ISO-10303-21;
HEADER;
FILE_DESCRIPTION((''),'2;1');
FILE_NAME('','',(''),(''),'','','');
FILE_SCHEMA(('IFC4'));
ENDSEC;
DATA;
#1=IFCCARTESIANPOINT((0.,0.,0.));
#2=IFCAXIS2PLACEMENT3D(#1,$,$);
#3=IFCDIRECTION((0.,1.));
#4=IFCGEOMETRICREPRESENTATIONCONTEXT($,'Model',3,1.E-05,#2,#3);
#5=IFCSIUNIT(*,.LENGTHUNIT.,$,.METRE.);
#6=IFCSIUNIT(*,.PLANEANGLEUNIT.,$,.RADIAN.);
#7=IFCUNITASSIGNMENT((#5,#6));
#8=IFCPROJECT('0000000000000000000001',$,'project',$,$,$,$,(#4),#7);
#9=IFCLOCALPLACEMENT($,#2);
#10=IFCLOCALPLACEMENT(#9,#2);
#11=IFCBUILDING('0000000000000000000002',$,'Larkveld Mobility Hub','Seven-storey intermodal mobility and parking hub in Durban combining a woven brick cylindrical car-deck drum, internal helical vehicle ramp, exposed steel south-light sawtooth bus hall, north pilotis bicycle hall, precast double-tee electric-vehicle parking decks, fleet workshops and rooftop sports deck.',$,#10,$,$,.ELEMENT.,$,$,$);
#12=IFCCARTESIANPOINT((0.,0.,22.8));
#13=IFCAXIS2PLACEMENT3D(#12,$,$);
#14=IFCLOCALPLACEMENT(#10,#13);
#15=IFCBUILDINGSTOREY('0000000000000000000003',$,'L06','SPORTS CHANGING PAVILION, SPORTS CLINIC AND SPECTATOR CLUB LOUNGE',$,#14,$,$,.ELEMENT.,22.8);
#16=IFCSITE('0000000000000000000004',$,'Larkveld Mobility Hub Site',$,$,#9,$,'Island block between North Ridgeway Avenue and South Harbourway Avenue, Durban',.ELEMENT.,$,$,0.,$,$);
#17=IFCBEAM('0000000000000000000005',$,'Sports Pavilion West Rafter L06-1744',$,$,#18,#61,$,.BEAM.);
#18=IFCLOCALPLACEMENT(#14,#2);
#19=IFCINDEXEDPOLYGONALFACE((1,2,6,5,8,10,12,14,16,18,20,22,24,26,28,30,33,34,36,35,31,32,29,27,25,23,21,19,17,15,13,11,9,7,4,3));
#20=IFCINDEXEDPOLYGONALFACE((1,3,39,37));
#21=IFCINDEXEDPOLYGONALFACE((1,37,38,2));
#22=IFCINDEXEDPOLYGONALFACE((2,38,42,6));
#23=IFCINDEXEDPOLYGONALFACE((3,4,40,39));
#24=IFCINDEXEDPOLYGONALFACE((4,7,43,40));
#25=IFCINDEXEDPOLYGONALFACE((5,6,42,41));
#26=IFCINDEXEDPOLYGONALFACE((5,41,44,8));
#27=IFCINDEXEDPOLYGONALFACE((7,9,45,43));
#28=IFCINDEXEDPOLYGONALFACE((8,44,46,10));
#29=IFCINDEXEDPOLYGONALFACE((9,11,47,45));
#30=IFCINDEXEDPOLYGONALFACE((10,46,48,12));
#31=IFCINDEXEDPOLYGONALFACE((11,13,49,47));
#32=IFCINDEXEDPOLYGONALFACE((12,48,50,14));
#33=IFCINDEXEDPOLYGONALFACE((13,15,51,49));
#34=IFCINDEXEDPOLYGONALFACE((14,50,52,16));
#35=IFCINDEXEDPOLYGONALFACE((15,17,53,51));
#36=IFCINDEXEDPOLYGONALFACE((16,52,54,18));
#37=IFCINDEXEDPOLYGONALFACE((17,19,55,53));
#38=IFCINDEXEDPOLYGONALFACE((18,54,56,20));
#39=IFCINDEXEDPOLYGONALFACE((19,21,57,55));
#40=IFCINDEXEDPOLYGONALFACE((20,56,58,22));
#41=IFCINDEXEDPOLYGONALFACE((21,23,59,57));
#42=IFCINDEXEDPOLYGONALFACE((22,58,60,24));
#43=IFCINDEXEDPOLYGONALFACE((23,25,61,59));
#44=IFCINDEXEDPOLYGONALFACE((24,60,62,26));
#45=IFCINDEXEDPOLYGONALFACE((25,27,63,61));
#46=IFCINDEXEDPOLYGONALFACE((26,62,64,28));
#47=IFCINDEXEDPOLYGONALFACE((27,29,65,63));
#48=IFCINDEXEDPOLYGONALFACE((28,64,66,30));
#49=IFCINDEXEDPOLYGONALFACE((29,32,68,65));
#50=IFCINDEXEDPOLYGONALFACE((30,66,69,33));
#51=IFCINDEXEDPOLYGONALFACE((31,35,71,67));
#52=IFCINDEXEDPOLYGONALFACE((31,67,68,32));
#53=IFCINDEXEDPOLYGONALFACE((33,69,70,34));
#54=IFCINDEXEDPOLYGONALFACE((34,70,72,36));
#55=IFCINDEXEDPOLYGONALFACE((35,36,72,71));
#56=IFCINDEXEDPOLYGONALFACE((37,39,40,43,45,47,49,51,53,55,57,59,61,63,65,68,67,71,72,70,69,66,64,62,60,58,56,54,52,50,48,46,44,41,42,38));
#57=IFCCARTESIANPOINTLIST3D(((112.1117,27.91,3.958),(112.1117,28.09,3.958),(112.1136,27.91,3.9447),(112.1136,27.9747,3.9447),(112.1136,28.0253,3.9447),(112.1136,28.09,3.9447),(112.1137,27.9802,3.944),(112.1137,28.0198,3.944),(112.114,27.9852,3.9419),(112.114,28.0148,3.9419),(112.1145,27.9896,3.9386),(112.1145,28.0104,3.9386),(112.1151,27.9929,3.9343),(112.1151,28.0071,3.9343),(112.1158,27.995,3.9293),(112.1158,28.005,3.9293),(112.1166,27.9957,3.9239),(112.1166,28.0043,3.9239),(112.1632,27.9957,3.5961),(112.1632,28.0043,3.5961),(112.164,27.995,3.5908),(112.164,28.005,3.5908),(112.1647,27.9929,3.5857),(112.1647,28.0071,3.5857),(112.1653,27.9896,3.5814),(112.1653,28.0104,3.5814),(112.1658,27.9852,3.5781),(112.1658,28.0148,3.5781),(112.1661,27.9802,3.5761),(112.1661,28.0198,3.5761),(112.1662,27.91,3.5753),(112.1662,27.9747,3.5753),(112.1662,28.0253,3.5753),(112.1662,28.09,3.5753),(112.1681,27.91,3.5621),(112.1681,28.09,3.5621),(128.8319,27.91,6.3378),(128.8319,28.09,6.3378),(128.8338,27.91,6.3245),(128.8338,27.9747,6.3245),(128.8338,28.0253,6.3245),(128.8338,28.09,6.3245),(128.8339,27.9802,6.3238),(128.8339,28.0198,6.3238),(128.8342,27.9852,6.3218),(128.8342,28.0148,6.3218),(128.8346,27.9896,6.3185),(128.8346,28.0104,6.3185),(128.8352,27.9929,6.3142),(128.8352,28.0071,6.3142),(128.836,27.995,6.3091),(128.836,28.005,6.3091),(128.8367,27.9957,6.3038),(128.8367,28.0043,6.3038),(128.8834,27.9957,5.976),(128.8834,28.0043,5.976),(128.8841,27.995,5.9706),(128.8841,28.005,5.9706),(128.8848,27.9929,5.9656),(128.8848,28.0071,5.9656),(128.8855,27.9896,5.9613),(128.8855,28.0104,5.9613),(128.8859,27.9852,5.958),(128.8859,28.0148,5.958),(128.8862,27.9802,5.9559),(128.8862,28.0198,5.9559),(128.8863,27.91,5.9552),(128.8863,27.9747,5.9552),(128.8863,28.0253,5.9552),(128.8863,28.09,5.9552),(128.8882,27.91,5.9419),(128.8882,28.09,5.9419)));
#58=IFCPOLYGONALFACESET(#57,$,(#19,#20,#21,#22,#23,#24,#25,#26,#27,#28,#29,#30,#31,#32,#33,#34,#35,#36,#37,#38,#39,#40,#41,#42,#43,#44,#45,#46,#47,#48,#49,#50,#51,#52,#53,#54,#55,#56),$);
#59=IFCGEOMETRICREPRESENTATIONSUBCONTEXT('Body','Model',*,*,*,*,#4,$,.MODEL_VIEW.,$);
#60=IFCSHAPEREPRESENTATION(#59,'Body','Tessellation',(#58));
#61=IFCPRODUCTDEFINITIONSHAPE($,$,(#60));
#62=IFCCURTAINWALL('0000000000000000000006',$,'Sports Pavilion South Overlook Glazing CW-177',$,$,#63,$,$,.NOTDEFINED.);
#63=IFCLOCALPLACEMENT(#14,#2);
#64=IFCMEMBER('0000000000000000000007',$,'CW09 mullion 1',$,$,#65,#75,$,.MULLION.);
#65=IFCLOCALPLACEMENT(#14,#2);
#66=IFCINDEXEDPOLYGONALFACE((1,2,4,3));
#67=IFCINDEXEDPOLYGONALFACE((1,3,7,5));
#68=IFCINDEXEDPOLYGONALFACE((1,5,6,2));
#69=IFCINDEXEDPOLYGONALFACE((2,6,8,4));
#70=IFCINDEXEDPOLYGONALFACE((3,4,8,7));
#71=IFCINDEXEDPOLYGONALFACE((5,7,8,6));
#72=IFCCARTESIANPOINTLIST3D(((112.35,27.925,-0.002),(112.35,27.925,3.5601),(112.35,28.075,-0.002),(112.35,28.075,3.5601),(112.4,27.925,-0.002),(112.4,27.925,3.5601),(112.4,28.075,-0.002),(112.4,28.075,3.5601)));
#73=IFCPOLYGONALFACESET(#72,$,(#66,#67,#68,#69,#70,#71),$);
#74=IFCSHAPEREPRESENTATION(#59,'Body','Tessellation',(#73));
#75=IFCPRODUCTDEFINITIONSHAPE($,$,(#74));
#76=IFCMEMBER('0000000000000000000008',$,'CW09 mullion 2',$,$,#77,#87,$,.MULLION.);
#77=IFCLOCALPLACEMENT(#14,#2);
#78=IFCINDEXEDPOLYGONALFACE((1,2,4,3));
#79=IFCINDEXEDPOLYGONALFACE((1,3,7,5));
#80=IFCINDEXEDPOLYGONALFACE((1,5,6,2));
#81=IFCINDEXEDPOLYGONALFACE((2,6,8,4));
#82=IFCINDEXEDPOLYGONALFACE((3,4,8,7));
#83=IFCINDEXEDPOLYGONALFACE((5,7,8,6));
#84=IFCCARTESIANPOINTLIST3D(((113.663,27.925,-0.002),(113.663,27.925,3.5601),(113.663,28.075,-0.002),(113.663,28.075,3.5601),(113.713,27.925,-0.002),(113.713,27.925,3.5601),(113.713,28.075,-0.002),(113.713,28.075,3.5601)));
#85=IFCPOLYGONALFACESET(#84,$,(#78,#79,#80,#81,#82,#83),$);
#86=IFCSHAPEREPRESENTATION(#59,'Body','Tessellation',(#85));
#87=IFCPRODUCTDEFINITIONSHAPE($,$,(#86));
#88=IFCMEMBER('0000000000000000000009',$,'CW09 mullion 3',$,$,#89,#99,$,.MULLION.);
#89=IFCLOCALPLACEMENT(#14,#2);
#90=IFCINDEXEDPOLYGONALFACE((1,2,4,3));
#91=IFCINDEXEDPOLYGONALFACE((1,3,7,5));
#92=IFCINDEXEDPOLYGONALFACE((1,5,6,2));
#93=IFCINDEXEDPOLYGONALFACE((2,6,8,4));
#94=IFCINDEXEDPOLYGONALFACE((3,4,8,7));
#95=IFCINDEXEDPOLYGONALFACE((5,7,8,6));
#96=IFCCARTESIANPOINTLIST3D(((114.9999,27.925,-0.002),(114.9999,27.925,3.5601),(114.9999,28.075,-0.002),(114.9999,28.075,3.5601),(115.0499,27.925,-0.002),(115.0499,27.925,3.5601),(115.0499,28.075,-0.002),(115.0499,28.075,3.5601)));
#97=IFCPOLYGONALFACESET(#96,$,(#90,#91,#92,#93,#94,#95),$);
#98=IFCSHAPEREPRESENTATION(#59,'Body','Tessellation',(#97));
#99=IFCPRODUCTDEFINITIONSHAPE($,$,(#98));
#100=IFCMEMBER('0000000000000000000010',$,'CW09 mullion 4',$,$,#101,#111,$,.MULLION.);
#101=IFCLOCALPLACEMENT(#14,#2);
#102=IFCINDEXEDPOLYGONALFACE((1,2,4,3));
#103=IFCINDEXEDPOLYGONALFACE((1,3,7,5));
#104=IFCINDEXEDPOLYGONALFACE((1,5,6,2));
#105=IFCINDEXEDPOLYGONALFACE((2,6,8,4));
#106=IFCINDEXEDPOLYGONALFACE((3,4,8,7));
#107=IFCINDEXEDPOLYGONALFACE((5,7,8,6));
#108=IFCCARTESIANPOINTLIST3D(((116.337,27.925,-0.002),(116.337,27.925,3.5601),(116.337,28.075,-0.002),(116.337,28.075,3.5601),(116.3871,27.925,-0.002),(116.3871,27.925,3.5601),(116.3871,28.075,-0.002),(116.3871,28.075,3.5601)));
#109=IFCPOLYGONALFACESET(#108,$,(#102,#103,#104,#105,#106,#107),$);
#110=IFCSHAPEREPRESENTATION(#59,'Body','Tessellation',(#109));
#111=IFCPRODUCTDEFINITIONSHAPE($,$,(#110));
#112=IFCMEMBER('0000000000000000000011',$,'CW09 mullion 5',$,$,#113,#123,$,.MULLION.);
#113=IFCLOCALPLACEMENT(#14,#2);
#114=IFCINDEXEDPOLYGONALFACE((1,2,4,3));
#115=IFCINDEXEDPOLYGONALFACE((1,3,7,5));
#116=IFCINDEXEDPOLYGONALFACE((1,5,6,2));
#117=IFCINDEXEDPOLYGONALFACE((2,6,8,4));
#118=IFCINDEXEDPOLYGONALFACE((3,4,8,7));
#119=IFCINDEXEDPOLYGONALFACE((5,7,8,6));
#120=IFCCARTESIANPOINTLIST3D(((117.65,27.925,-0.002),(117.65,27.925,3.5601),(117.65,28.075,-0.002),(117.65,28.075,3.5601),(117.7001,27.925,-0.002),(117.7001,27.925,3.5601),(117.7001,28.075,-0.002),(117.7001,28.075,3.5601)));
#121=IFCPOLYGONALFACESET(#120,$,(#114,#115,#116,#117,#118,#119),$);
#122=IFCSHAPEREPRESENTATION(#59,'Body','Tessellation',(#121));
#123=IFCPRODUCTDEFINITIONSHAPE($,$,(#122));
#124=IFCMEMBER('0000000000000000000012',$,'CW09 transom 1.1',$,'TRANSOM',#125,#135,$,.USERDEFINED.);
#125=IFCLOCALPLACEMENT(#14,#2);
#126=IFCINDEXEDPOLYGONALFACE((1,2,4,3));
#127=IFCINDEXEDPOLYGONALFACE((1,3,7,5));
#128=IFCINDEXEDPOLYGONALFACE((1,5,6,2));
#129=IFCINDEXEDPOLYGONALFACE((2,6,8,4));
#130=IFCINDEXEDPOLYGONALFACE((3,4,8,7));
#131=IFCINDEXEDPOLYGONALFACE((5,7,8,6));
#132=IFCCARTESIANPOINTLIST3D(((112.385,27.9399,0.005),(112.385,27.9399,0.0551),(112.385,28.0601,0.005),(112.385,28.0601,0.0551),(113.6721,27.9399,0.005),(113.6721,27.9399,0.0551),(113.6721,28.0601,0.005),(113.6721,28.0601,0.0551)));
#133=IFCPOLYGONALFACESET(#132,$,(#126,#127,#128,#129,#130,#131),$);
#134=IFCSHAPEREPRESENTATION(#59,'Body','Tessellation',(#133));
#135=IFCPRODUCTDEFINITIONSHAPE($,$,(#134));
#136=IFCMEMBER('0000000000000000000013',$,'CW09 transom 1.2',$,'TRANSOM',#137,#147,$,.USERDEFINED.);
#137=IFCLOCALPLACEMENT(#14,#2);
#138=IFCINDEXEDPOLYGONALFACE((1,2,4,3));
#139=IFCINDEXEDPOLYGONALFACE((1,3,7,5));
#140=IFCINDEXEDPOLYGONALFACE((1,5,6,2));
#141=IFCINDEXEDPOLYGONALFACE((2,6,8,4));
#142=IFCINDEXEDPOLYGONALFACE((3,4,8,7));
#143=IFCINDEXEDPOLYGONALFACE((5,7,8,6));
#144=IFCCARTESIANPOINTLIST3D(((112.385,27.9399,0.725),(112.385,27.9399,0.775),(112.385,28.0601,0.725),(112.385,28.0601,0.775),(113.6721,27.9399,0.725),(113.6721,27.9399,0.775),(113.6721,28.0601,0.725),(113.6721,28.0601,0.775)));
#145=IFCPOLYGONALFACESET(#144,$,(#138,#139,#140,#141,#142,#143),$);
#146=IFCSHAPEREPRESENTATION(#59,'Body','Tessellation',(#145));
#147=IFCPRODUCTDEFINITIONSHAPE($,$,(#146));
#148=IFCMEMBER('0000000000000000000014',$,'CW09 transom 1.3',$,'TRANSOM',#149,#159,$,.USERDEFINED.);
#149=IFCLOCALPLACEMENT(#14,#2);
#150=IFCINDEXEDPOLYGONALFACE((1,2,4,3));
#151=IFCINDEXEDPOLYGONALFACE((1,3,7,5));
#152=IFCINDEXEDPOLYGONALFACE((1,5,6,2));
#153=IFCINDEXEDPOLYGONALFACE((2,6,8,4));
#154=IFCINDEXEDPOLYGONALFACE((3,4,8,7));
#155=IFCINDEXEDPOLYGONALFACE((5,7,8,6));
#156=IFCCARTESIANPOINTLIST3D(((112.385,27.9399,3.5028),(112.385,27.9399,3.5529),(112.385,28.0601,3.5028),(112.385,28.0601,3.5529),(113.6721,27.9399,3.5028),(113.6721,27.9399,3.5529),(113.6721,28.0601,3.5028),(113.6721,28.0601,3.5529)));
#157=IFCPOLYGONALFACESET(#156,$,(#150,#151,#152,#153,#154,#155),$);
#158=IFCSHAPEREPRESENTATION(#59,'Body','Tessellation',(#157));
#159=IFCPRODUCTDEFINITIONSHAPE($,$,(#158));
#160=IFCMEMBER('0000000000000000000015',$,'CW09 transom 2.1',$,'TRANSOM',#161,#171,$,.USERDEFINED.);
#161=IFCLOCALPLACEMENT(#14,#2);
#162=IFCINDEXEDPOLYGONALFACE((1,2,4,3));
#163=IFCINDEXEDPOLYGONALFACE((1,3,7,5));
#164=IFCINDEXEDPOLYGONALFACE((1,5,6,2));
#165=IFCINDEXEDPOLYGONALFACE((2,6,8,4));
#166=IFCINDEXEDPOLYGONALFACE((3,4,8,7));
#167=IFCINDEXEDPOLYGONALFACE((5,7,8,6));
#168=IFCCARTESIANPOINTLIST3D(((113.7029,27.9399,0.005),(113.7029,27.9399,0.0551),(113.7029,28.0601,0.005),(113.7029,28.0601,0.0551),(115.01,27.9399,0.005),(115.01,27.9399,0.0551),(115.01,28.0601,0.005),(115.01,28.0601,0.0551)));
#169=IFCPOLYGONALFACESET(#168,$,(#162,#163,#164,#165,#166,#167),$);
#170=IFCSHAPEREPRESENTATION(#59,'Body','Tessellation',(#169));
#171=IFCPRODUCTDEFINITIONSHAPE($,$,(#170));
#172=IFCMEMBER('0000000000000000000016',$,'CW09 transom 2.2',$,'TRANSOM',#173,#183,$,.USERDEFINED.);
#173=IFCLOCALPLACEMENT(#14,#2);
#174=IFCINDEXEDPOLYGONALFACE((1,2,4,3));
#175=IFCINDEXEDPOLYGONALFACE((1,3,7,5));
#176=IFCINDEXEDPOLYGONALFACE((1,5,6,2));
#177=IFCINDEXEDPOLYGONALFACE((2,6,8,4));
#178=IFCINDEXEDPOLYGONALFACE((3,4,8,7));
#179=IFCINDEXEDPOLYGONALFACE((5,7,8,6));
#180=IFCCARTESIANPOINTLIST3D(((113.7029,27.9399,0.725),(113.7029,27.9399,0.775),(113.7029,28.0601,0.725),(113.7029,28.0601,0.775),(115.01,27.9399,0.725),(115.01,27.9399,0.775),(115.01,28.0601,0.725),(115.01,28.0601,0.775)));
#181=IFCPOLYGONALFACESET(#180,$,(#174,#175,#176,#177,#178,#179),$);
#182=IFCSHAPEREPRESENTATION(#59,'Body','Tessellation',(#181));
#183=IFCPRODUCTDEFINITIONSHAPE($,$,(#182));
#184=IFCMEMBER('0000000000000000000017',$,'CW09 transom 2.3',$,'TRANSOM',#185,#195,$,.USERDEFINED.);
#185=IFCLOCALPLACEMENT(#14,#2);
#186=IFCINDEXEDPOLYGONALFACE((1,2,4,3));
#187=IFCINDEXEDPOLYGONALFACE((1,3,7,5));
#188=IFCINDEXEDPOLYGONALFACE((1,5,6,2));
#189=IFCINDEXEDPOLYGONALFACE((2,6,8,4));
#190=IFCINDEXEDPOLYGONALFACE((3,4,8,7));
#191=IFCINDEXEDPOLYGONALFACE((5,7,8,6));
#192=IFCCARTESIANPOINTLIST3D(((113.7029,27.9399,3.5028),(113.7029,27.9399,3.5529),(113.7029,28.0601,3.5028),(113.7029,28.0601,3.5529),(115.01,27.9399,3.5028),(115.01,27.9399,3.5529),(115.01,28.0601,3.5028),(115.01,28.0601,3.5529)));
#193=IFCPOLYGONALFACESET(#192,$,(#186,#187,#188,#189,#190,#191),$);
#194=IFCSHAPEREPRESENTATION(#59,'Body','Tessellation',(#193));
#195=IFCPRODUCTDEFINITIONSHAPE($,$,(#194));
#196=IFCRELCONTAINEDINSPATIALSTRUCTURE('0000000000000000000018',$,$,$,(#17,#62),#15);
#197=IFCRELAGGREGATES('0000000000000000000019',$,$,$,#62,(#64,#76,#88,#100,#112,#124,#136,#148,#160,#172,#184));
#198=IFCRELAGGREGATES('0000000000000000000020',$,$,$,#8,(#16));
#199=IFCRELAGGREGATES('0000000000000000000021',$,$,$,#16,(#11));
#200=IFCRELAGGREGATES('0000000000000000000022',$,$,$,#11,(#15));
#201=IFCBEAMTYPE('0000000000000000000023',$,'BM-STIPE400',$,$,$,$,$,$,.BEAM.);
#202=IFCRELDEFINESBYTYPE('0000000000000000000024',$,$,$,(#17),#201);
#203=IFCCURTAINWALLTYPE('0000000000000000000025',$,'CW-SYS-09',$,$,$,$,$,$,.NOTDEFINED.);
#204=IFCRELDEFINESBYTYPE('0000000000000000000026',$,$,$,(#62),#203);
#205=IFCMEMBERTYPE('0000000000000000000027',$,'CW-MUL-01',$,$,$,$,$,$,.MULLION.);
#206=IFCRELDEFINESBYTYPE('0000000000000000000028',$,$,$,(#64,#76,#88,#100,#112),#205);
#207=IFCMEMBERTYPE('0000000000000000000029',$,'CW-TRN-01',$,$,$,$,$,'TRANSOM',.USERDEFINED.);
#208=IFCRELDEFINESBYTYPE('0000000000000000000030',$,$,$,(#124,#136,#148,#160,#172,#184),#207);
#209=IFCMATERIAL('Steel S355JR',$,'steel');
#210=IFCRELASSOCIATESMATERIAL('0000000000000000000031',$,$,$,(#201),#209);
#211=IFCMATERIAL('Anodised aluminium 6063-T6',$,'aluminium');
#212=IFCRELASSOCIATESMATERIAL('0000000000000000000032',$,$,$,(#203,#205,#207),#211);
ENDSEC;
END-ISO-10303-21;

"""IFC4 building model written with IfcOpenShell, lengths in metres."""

from ifc_helpers import new_model, si_unit, direction, frame, origin, origin_2d, place, context, subcontext, project, spatial, rectangle, i_section, extrude, material, material_profile, profile_set, type_object, element, aggregate, save


model = new_model("IFC4")

# Units and contexts
model_context = context("Model", 3, precision=1e-05, world=origin(), true_north=direction((0.0, 1.0)))
body_context = subcontext(model_context, "Body", "Model", "MODEL_VIEW")
ifc_project = project(units=[si_unit("LENGTHUNIT", "METRE"), si_unit("PLANEANGLEUNIT", "RADIAN")], contexts=[model_context])

# Site, building, storey
site_placement = place(None, origin())
site = spatial("IfcSite", under=ifc_project, at=site_placement, Name="Larkveld Mobility Hub Site", LongName="Island block between North Ridgeway Avenue and South Harbourway Avenue, Durban", CompositionType="ELEMENT", RefElevation=0.0)
building_placement = place(site_placement, origin())
building = spatial("IfcBuilding", under=site, at=building_placement, Name="Larkveld Mobility Hub", Description="Seven-storey intermodal mobility and parking hub in Durban combining a woven brick cylindrical car-deck drum, internal helical vehicle ramp, exposed steel south-light sawtooth bus hall, north pilotis bicycle hall, precast double-tee electric-vehicle parking decks, fleet workshops and rooftop sports deck.", CompositionType="ELEMENT")
storey_placement = place(building_placement, frame((0.0, 0.0, 22.8)))
storey = spatial("IfcBuildingStorey", under=building, at=storey_placement, Name="L06", Description="SPORTS CHANGING PAVILION, SPORTS CLINIC AND SPECTATOR CLUB LOUNGE", CompositionType="ELEMENT", Elevation=22.8)

# Beam
ifc_material_1 = material(Name="Steel S355JR", Category="steel")
ifc_material_profile_1 = material_profile(ifc_material_1, i_section(OverallWidth=0.1799, OverallDepth=0.3999, WebThickness=0.0085, FlangeThickness=0.0134, FilletRadius=0.021, at=origin_2d()), Name="IPE 400")
ifc_profile_set_1 = profile_set([ifc_material_profile_1], Name="Steel S355JR")
beam_type = type_object("IfcBeamType", Name="BM-STIPE400", PredefinedType="BEAM", material=ifc_profile_set_1)
beam_placement = place(storey_placement, frame((112.1399, 28.0, 3.76), z_axis=(0.990022, 0.0, 0.140915), x_axis=(0.0, 1.0, 0.0)))
element("IfcBeam", 1, at=beam_placement, inside=storey, type_object=beam_type, Name="Sports Pavilion West Rafter L06-1744", PredefinedType="BEAM", context=body_context, shape_type="SweptSolid", body=[
    extrude(i_section(OverallWidth=0.1799, OverallDepth=0.3999, WebThickness=0.0085, FlangeThickness=0.0134, FilletRadius=0.021, at=origin_2d()), origin(), (0.0, 0.0, 1.0), 16.8887),
])

# Curtain wall, members
ifc_material_2 = material(Name="Anodised aluminium 6063-T6", Category="aluminium")
curtain_wall_type = type_object("IfcCurtainWallType", Name="CW-SYS-09", PredefinedType="NOTDEFINED", material=ifc_material_2)
curtain_wall_placement = place(storey_placement, origin())
curtain_wall = element("IfcCurtainWall", 2, at=curtain_wall_placement, inside=storey, type_object=curtain_wall_type, Name="Sports Pavilion South Overlook Glazing CW-177", PredefinedType="NOTDEFINED")
ifc_material_profile_2 = material_profile(ifc_material_2, rectangle(XDim=0.05, YDim=0.1499, at=origin_2d()), Name="ALU MULL 50x150")
ifc_profile_set_2 = profile_set([ifc_material_profile_2], Name="Anodised aluminium 6063-T6")
member_type_1 = type_object("IfcMemberType", Name="CW-MUL-01", PredefinedType="MULLION", material=ifc_profile_set_2)
member_1_placement = place(storey_placement, frame((112.375, 28.0, -0.002), z_axis=(0.0, 0.0, 1.0), x_axis=(1.0, 0.0, 0.0)))
member_1 = element("IfcMember", 3, at=member_1_placement, type_object=member_type_1, Name="CW09 mullion 1", PredefinedType="MULLION", context=body_context, shape_type="SweptSolid", body=[
    extrude(rectangle(XDim=0.05, YDim=0.1499, at=origin_2d()), origin(), (0.0, 0.0, 1.0), 3.562),
])
member_2_placement = place(storey_placement, frame((113.688, 28.0, -0.002), z_axis=(0.0, 0.0, 1.0), x_axis=(1.0, 0.0, 0.0)))
member_2 = element("IfcMember", 4, at=member_2_placement, type_object=member_type_1, Name="CW09 mullion 2", PredefinedType="MULLION", context=body_context, shape_type="SweptSolid", body=[
    extrude(rectangle(XDim=0.05, YDim=0.1499, at=origin_2d()), origin(), (0.0, 0.0, 1.0), 3.562),
])
member_3_placement = place(storey_placement, frame((115.0249, 28.0, -0.002), z_axis=(0.0, 0.0, 1.0), x_axis=(1.0, 0.0, 0.0)))
member_3 = element("IfcMember", 5, at=member_3_placement, type_object=member_type_1, Name="CW09 mullion 3", PredefinedType="MULLION", context=body_context, shape_type="SweptSolid", body=[
    extrude(rectangle(XDim=0.05, YDim=0.1499, at=origin_2d()), origin(), (0.0, 0.0, 1.0), 3.562),
])
member_4_placement = place(storey_placement, frame((116.3621, 28.0, -0.002), z_axis=(0.0, 0.0, 1.0), x_axis=(1.0, 0.0, 0.0)))
member_4 = element("IfcMember", 6, at=member_4_placement, type_object=member_type_1, Name="CW09 mullion 4", PredefinedType="MULLION", context=body_context, shape_type="SweptSolid", body=[
    extrude(rectangle(XDim=0.05, YDim=0.1499, at=origin_2d()), origin(), (0.0, 0.0, 1.0), 3.562),
])
member_5_placement = place(storey_placement, frame((117.675, 28.0, -0.002), z_axis=(0.0, 0.0, 1.0), x_axis=(1.0, 0.0, 0.0)))
member_5 = element("IfcMember", 7, at=member_5_placement, type_object=member_type_1, Name="CW09 mullion 5", PredefinedType="MULLION", context=body_context, shape_type="SweptSolid", body=[
    extrude(rectangle(XDim=0.05, YDim=0.1499, at=origin_2d()), origin(), (0.0, 0.0, 1.0), 3.562),
])
ifc_material_profile_3 = material_profile(ifc_material_2, rectangle(XDim=0.1201, YDim=0.05, at=origin_2d()), Name="ALU TRAN 50x120")
ifc_profile_set_3 = profile_set([ifc_material_profile_3], Name="Anodised aluminium 6063-T6")
member_type_2 = type_object("IfcMemberType", Name="CW-TRN-01", ElementType="TRANSOM", PredefinedType="USERDEFINED", material=ifc_profile_set_3)
member_6_placement = place(storey_placement, frame((112.385, 28.0, 0.03), z_axis=(1.0, 0.0, 0.0), x_axis=(0.0, 1.0, 0.0)))
member_6 = element("IfcMember", 8, at=member_6_placement, type_object=member_type_2, Name="CW09 transom 1.1", ObjectType="TRANSOM", PredefinedType="USERDEFINED", context=body_context, shape_type="SweptSolid", body=[
    extrude(rectangle(XDim=0.1201, YDim=0.05, at=origin_2d()), origin(), (0.0, 0.0, 1.0), 1.2871),
])
member_7_placement = place(storey_placement, frame((112.385, 28.0, 0.75), z_axis=(1.0, 0.0, 0.0), x_axis=(0.0, 1.0, 0.0)))
member_7 = element("IfcMember", 9, at=member_7_placement, type_object=member_type_2, Name="CW09 transom 1.2", ObjectType="TRANSOM", PredefinedType="USERDEFINED", context=body_context, shape_type="SweptSolid", body=[
    extrude(rectangle(XDim=0.1201, YDim=0.05, at=origin_2d()), origin(), (0.0, 0.0, 1.0), 1.2871),
])
member_8_placement = place(storey_placement, frame((112.385, 28.0, 3.5278), z_axis=(1.0, 0.0, 0.0), x_axis=(0.0, 1.0, 0.0)))
member_8 = element("IfcMember", 10, at=member_8_placement, type_object=member_type_2, Name="CW09 transom 1.3", ObjectType="TRANSOM", PredefinedType="USERDEFINED", context=body_context, shape_type="SweptSolid", body=[
    extrude(rectangle(XDim=0.1201, YDim=0.05, at=origin_2d()), origin(), (0.0, 0.0, 1.0), 1.2871),
])
member_9_placement = place(storey_placement, frame((113.7029, 28.0, 0.03), z_axis=(1.0, 0.0, 0.0), x_axis=(0.0, 1.0, 0.0)))
member_9 = element("IfcMember", 11, at=member_9_placement, type_object=member_type_2, Name="CW09 transom 2.1", ObjectType="TRANSOM", PredefinedType="USERDEFINED", context=body_context, shape_type="SweptSolid", body=[
    extrude(rectangle(XDim=0.1201, YDim=0.05, at=origin_2d()), origin(), (0.0, 0.0, 1.0), 1.3071),
])
member_10_placement = place(storey_placement, frame((113.7029, 28.0, 0.75), z_axis=(1.0, 0.0, 0.0), x_axis=(0.0, 1.0, 0.0)))
member_10 = element("IfcMember", 12, at=member_10_placement, type_object=member_type_2, Name="CW09 transom 2.2", ObjectType="TRANSOM", PredefinedType="USERDEFINED", context=body_context, shape_type="SweptSolid", body=[
    extrude(rectangle(XDim=0.1201, YDim=0.05, at=origin_2d()), origin(), (0.0, 0.0, 1.0), 1.3071),
])
member_11_placement = place(storey_placement, frame((113.7029, 28.0, 3.5278), z_axis=(1.0, 0.0, 0.0), x_axis=(0.0, 1.0, 0.0)))
member_11 = element("IfcMember", 13, at=member_11_placement, type_object=member_type_2, Name="CW09 transom 2.3", ObjectType="TRANSOM", PredefinedType="USERDEFINED", context=body_context, shape_type="SweptSolid", body=[
    extrude(rectangle(XDim=0.1201, YDim=0.05, at=origin_2d()), origin(), (0.0, 0.0, 1.0), 1.3071),
])
aggregate(curtain_wall, [member_1, member_2, member_3, member_4, member_5, member_6, member_7, member_8, member_9, member_10, member_11])

save(model, "model.ifc")
